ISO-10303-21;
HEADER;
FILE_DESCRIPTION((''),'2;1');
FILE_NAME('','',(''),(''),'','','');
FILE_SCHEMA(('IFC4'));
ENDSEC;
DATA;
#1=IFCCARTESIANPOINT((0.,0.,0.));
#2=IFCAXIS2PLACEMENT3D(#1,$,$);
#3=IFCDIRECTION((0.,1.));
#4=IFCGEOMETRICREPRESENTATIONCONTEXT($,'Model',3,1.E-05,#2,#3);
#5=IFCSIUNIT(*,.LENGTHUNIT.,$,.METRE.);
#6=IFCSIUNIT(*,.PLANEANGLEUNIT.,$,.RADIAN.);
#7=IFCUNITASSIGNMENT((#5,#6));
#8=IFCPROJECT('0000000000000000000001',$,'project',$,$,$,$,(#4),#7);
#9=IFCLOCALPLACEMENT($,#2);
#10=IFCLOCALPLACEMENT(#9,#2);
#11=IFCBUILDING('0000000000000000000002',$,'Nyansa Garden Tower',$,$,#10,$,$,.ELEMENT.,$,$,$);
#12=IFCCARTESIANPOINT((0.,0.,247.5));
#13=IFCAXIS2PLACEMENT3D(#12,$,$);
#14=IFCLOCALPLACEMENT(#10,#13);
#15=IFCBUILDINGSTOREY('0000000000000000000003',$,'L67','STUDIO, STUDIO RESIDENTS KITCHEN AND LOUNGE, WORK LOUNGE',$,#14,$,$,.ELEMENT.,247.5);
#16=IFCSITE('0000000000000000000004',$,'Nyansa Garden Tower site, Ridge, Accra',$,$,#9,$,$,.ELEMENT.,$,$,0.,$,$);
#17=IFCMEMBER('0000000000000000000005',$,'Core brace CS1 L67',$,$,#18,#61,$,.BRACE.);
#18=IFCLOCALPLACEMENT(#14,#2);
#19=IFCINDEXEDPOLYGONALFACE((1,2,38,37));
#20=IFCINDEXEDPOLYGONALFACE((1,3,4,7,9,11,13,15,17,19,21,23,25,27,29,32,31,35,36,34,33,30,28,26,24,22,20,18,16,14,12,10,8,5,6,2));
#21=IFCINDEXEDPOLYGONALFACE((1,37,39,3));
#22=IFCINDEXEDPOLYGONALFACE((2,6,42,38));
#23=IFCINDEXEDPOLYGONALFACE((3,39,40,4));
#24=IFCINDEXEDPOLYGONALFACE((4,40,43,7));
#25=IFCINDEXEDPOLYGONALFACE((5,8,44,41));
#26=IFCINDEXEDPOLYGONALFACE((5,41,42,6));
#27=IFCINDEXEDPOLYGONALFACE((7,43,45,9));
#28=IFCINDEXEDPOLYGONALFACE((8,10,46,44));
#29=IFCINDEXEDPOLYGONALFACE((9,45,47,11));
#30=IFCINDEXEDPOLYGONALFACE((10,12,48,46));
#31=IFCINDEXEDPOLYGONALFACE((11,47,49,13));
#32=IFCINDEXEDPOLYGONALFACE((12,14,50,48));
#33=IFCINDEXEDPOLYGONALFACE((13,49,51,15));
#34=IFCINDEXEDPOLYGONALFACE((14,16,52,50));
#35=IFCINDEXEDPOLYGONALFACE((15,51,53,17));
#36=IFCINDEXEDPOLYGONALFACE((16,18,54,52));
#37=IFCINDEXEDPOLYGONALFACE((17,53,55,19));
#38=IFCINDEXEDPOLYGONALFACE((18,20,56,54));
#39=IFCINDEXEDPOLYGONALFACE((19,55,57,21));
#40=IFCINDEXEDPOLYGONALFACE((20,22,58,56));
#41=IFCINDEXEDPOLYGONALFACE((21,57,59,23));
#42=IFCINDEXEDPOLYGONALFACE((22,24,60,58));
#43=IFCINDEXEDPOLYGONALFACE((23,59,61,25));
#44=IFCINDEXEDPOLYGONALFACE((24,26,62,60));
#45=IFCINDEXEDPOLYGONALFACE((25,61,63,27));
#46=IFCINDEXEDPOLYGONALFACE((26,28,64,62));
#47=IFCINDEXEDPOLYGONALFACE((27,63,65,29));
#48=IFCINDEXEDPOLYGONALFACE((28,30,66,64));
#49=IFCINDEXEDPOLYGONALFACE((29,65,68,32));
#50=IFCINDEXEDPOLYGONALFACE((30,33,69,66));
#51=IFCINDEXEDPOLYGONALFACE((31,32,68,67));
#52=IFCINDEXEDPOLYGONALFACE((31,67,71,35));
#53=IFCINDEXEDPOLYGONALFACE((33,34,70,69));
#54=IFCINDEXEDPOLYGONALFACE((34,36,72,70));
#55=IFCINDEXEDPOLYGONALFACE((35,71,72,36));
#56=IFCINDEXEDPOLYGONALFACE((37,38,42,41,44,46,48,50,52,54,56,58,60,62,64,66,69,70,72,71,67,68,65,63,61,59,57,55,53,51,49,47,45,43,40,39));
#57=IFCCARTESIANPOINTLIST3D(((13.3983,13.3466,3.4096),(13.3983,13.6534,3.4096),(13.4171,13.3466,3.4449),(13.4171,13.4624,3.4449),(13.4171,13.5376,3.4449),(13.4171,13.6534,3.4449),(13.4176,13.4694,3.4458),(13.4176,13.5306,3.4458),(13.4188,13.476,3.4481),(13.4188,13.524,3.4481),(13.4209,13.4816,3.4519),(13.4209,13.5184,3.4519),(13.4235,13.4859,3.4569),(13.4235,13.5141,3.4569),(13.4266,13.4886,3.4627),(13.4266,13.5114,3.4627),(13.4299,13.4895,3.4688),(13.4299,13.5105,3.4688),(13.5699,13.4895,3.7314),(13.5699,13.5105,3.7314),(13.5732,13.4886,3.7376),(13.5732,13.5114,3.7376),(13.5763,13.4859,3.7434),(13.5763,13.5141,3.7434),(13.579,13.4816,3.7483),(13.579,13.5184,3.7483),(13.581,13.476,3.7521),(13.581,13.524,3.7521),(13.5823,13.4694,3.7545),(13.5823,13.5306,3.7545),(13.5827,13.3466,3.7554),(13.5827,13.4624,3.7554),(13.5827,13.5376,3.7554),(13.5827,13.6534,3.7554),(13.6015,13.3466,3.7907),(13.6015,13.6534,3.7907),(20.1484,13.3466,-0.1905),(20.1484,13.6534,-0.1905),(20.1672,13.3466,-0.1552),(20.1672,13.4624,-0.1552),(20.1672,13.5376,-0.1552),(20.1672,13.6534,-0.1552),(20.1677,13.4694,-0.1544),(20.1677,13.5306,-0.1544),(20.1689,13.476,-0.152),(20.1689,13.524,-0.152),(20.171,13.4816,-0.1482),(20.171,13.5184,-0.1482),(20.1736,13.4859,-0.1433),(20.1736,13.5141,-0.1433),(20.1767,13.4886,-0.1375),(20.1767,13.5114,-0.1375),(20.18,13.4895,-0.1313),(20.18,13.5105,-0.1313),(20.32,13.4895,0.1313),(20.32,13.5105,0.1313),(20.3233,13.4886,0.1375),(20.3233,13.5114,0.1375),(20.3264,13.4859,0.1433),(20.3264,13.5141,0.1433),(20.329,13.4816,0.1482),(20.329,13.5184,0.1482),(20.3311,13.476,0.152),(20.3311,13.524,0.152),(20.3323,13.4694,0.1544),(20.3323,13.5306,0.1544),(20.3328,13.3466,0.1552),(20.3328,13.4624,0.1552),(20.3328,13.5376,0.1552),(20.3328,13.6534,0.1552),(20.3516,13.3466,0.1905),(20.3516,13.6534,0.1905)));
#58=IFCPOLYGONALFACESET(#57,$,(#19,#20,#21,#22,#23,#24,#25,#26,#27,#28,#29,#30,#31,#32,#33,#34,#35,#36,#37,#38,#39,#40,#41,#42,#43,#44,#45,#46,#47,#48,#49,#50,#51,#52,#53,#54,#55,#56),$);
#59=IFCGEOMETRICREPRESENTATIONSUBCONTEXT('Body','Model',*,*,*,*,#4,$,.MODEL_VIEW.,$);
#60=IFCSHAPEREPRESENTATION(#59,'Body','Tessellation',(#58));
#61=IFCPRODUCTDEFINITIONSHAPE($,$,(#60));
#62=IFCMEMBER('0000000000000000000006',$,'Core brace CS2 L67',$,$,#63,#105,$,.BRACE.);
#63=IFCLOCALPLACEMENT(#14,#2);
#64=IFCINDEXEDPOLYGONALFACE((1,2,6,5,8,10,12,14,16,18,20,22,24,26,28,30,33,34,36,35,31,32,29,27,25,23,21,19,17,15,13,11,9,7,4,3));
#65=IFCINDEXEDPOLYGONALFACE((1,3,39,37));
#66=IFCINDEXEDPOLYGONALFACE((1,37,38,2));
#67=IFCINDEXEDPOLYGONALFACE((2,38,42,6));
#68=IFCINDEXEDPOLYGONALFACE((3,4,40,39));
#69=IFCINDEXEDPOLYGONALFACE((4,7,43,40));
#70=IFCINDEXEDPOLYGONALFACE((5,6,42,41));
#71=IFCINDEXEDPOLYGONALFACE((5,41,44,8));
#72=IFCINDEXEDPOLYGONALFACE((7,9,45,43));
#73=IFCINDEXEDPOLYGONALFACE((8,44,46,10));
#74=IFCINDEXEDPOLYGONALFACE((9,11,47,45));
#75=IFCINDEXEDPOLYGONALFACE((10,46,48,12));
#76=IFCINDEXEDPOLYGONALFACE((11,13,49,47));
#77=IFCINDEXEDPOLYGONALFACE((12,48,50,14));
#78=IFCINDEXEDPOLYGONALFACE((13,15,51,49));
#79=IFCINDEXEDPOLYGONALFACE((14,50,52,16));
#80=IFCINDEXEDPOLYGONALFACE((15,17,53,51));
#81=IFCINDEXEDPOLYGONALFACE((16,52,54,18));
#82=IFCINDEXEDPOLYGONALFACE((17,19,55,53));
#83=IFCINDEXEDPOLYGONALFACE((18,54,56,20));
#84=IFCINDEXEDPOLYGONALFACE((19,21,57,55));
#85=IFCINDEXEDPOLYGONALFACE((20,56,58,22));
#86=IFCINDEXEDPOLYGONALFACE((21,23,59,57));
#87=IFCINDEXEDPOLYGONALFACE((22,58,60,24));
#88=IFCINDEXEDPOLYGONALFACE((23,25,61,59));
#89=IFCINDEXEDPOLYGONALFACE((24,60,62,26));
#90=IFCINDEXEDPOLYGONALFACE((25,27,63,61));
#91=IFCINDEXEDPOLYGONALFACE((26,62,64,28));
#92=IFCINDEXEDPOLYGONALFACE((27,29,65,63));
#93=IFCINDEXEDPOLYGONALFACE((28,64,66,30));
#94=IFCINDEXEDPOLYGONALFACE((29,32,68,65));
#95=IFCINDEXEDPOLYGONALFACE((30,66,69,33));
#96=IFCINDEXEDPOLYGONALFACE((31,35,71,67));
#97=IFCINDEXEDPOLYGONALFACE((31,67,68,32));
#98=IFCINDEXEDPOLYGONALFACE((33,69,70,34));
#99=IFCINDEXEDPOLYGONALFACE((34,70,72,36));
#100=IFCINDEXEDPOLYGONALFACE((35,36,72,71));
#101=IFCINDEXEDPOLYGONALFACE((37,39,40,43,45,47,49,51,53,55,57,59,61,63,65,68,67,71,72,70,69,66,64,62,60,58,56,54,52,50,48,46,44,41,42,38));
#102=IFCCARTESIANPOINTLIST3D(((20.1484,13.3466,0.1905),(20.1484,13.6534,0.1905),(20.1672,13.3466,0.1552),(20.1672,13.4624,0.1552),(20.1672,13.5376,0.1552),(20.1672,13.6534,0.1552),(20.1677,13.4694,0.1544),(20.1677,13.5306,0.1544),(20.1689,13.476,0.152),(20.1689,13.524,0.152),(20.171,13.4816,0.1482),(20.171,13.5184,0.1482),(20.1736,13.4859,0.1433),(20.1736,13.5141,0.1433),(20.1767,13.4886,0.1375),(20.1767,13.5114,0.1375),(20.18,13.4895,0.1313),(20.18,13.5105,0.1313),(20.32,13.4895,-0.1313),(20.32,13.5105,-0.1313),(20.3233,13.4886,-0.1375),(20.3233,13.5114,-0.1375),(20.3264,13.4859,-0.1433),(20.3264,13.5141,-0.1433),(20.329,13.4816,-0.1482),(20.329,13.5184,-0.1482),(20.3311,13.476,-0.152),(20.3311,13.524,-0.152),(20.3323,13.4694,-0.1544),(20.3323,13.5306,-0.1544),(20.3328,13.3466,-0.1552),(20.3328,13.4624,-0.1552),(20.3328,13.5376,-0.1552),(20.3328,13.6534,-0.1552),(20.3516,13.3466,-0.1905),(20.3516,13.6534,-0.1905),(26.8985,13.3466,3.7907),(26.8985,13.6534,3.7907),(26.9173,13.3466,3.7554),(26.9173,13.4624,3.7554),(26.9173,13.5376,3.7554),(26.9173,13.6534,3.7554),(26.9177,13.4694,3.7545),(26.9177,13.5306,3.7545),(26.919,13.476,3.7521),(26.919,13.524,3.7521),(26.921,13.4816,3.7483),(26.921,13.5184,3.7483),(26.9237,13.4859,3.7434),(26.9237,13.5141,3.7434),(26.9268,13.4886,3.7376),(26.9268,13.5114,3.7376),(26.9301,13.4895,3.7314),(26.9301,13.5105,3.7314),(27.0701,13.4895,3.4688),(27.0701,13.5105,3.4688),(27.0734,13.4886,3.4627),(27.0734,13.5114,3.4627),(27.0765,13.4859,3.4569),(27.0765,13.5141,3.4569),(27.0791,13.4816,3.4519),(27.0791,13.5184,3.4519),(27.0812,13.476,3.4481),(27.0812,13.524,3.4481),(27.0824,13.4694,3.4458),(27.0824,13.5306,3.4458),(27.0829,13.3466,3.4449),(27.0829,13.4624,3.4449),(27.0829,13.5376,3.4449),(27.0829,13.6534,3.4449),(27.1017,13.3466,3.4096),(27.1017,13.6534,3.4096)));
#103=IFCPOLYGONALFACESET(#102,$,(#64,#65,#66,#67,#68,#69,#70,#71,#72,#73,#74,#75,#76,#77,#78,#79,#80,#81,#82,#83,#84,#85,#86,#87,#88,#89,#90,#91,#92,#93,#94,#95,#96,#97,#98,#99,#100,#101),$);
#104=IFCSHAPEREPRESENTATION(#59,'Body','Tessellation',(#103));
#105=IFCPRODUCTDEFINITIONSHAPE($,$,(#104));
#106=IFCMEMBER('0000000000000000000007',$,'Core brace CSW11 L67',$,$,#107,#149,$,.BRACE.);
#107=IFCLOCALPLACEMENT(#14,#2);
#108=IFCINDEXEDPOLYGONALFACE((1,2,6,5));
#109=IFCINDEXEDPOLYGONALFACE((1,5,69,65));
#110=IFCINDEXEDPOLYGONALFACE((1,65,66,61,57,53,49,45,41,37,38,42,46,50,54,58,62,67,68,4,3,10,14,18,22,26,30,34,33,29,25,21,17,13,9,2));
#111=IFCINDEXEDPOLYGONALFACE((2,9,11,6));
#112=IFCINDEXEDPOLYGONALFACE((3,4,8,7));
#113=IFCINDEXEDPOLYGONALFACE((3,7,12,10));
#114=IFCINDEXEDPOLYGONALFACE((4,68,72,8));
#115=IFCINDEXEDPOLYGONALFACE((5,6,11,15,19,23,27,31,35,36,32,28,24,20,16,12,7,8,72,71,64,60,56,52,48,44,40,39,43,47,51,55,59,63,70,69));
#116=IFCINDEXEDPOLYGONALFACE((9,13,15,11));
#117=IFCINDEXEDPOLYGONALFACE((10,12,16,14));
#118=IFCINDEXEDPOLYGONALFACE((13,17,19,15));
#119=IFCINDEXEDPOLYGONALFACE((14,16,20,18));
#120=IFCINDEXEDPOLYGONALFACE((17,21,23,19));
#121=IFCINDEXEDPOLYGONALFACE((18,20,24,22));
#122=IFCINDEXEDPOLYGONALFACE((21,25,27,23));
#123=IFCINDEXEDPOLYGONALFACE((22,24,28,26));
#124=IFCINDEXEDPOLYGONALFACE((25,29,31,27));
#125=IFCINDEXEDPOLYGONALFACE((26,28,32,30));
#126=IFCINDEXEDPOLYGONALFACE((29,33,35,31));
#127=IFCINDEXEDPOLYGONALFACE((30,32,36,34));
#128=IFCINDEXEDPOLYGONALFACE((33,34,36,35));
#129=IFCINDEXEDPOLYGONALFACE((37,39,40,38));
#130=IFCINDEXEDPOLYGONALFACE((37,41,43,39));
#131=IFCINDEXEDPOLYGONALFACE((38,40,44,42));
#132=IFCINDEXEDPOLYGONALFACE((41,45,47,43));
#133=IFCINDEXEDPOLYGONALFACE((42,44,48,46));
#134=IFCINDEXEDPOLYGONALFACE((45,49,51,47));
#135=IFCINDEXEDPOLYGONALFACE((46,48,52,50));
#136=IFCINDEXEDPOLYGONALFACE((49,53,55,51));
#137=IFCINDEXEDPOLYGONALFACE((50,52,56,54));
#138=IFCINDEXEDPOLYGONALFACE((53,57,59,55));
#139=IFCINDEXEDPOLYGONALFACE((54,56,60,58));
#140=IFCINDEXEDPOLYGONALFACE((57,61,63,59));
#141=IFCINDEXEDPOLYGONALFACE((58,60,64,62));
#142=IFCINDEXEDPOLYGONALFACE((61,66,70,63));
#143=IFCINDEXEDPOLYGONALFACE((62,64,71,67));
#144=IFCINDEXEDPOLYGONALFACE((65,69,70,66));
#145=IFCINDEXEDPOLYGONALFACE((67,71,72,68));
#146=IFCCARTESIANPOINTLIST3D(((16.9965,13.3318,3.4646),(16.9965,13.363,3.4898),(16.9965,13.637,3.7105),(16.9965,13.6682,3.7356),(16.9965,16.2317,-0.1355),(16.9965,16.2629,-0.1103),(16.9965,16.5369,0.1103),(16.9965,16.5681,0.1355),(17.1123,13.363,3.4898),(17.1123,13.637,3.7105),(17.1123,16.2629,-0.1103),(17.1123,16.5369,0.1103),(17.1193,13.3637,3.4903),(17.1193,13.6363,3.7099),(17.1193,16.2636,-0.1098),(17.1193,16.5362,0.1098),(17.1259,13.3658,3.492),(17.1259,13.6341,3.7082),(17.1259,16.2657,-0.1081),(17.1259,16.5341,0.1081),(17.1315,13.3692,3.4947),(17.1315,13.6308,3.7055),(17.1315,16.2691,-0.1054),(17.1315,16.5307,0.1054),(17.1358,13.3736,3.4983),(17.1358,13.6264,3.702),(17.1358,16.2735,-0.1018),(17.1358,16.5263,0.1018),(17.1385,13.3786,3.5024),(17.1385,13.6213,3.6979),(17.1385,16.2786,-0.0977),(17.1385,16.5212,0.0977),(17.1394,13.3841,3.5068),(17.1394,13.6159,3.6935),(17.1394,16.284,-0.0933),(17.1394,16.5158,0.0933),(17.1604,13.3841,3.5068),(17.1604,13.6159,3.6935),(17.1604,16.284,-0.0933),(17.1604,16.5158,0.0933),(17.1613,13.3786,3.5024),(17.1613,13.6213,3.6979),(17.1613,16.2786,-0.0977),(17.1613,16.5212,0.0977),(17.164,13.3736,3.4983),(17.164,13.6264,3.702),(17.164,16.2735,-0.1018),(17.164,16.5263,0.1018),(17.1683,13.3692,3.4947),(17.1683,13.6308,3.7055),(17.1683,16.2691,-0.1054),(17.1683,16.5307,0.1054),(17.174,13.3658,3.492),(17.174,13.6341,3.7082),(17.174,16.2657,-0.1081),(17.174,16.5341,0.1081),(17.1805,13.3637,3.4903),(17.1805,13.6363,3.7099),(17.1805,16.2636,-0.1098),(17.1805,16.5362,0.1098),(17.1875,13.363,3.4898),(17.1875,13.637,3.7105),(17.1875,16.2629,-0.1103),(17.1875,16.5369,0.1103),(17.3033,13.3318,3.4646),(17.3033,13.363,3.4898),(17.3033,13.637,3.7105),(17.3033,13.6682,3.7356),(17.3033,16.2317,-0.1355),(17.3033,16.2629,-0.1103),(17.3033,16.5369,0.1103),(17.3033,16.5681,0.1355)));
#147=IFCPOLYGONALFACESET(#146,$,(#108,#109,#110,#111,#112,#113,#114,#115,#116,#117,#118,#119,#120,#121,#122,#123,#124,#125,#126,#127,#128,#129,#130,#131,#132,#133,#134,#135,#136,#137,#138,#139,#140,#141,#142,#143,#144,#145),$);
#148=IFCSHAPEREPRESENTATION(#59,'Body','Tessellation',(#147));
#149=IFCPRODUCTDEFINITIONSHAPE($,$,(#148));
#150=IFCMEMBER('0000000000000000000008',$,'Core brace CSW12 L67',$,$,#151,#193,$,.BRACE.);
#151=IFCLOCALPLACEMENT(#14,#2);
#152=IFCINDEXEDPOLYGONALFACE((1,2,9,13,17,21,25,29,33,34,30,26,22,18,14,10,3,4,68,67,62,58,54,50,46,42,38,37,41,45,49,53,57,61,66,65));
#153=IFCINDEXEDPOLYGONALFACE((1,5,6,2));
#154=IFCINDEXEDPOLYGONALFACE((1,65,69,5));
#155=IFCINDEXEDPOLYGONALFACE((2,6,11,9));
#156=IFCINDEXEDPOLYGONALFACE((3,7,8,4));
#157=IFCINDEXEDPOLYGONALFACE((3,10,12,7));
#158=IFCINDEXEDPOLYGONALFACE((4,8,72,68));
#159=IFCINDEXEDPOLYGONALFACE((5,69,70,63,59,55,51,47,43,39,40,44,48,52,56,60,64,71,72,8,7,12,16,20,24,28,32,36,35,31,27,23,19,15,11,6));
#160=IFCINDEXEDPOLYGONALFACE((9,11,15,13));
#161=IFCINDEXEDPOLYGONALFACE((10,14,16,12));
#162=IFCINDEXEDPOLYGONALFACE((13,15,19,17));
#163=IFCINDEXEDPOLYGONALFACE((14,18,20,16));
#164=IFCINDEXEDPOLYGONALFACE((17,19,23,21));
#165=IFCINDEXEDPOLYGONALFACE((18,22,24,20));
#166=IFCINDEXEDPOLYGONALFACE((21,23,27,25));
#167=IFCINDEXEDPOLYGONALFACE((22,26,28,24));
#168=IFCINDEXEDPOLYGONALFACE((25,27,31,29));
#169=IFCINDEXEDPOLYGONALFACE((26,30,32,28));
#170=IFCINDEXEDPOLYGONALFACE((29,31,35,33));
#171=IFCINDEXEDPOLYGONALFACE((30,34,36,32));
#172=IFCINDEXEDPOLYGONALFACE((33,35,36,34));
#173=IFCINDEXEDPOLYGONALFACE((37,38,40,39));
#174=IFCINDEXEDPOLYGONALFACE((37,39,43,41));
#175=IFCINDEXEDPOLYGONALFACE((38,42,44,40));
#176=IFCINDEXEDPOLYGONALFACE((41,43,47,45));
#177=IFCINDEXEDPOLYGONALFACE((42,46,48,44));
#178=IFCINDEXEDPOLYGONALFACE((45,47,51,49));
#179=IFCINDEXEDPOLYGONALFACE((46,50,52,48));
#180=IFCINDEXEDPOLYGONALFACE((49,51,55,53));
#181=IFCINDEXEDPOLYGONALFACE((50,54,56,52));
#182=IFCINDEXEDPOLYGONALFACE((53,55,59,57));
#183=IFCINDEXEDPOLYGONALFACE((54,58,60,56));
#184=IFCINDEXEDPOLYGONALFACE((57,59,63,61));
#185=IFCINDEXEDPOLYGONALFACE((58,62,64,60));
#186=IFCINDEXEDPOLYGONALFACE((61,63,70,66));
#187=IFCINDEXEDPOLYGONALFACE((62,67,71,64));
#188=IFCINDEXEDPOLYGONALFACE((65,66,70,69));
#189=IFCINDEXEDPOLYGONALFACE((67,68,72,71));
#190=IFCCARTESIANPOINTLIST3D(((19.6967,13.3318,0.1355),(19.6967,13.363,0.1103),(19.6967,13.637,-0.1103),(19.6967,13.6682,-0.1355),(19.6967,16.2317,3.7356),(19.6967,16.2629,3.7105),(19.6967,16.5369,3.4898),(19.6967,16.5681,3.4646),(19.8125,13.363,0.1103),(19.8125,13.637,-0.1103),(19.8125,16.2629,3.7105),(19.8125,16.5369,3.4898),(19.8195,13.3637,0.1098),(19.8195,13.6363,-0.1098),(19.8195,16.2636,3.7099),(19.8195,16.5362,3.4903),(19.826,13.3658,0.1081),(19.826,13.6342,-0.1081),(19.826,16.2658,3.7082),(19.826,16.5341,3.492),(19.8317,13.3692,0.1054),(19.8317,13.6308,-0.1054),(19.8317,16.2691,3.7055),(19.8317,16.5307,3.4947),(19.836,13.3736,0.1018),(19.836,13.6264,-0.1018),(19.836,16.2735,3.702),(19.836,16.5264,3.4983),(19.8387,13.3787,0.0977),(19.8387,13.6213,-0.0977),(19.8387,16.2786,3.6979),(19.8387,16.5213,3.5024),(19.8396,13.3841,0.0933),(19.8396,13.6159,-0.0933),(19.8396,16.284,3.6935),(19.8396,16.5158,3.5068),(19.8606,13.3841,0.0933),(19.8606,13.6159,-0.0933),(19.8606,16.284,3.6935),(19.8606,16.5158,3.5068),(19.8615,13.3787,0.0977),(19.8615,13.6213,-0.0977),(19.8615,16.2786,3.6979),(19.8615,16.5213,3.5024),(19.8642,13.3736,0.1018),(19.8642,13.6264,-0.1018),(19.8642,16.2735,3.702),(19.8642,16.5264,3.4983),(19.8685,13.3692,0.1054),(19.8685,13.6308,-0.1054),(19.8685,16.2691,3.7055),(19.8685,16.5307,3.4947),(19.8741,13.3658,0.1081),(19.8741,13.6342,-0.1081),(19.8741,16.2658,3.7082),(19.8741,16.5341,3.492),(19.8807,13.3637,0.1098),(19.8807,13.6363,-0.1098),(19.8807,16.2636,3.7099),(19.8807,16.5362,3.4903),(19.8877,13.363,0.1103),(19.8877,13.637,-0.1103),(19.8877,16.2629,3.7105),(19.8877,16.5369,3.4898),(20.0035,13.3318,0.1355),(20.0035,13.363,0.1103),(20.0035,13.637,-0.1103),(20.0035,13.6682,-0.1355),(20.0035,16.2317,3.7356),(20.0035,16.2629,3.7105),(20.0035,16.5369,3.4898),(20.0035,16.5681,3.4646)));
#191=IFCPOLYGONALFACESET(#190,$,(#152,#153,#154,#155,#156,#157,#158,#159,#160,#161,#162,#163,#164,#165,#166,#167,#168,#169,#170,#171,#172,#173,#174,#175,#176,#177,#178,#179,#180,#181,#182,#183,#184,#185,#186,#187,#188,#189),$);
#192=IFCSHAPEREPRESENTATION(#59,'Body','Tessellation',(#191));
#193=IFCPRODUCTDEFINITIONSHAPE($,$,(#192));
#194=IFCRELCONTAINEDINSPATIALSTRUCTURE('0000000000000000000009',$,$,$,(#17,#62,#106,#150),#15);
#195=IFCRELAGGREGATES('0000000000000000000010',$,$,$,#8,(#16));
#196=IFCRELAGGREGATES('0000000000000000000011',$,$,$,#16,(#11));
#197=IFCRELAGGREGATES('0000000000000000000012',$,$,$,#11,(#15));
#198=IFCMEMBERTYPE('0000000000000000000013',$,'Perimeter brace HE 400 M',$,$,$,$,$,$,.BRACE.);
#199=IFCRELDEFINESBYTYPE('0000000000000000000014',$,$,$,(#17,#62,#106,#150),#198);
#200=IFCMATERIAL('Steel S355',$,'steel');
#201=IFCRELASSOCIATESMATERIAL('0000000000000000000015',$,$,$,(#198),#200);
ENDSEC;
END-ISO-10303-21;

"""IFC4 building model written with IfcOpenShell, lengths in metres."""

from ifc_helpers import new_model, si_unit, direction, frame, origin, origin_2d, place, context, subcontext, project, spatial, i_section, extrude, material, material_profile, profile_set, type_object, element, save


model = new_model("IFC4")

# Units and contexts
model_context = context("Model", 3, precision=1e-05, world=origin(), true_north=direction((0.0, 1.0)))
body_context = subcontext(model_context, "Body", "Model", "MODEL_VIEW")
ifc_project = project(units=[si_unit("LENGTHUNIT", "METRE"), si_unit("PLANEANGLEUNIT", "RADIAN")], contexts=[model_context])

# Site, building, storey
site_placement = place(None, origin())
site = spatial("IfcSite", under=ifc_project, at=site_placement, Name="Nyansa Garden Tower site, Ridge, Accra", CompositionType="ELEMENT", RefElevation=0.0)
building_placement = place(site_placement, origin())
building = spatial("IfcBuilding", under=site, at=building_placement, Name="Nyansa Garden Tower", CompositionType="ELEMENT")
storey_placement = place(building_placement, frame((0.0, 0.0, 247.5)))
storey = spatial("IfcBuildingStorey", under=building, at=storey_placement, Name="L67", Description="STUDIO, STUDIO RESIDENTS KITCHEN AND LOUNGE, WORK LOUNGE", CompositionType="ELEMENT", Elevation=247.5)

# Members
ifc_material_1 = material(Name="Steel S355", Category="steel")
ifc_material_profile_1 = material_profile(ifc_material_1, i_section(OverallWidth=0.3069, OverallDepth=0.4319, WebThickness=0.021, FlangeThickness=0.04, FilletRadius=0.0271, at=origin_2d()), Name="HE 400 M")
ifc_profile_set_1 = profile_set([ifc_material_profile_1], Name="Steel S355")
member_type = type_object("IfcMemberType", Name="Perimeter brace HE 400 M", PredefinedType="BRACE", material=ifc_profile_set_1)
for number, where, z_axis, x_axis, name in (
    (1, (20.25, 13.5, 0.0), (-0.882348, 0.0, 0.470598), (0.0, -1.0, 0.0), "Core brace CS1 L67"),
    (2, (20.25, 13.5, 0.0), (0.882348, 0.0, 0.470598), (0.0, 1.0, 0.0), "Core brace CS2 L67"),
):
    element("IfcMember", number, at=place(storey_placement, frame(where, z_axis=z_axis, x_axis=x_axis)), inside=storey, type_object=member_type, Name=name, PredefinedType="BRACE", context=body_context, shape_type="SweptSolid", body=[
        extrude(i_section(OverallWidth=0.3069, OverallDepth=0.4319, WebThickness=0.021, FlangeThickness=0.04, FilletRadius=0.0271, at=origin_2d()), origin(), (0.0, 0.0, 1.0), 7.6501),
    ])
for number, where, z_axis, x_axis, name in (
    (3, (17.1499, 16.3999, 0.0), (0.0, -0.627306, 0.778773), (1.0, 0.0, 0.0), "Core brace CSW11 L67"),
    (4, (19.8501, 13.5, 0.0), (0.0, 0.627306, 0.778773), (-1.0, 0.0, 0.0), "Core brace CSW12 L67"),
):
    element("IfcMember", number, at=place(storey_placement, frame(where, z_axis=z_axis, x_axis=x_axis)), inside=storey, type_object=member_type, Name=name, PredefinedType="BRACE", context=body_context, shape_type="SweptSolid", body=[
        extrude(i_section(OverallWidth=0.3069, OverallDepth=0.4319, WebThickness=0.021, FlangeThickness=0.04, FilletRadius=0.0271, at=origin_2d()), origin(), (0.0, 0.0, 1.0), 4.6228),
    ])

save(model, "model.ifc")
